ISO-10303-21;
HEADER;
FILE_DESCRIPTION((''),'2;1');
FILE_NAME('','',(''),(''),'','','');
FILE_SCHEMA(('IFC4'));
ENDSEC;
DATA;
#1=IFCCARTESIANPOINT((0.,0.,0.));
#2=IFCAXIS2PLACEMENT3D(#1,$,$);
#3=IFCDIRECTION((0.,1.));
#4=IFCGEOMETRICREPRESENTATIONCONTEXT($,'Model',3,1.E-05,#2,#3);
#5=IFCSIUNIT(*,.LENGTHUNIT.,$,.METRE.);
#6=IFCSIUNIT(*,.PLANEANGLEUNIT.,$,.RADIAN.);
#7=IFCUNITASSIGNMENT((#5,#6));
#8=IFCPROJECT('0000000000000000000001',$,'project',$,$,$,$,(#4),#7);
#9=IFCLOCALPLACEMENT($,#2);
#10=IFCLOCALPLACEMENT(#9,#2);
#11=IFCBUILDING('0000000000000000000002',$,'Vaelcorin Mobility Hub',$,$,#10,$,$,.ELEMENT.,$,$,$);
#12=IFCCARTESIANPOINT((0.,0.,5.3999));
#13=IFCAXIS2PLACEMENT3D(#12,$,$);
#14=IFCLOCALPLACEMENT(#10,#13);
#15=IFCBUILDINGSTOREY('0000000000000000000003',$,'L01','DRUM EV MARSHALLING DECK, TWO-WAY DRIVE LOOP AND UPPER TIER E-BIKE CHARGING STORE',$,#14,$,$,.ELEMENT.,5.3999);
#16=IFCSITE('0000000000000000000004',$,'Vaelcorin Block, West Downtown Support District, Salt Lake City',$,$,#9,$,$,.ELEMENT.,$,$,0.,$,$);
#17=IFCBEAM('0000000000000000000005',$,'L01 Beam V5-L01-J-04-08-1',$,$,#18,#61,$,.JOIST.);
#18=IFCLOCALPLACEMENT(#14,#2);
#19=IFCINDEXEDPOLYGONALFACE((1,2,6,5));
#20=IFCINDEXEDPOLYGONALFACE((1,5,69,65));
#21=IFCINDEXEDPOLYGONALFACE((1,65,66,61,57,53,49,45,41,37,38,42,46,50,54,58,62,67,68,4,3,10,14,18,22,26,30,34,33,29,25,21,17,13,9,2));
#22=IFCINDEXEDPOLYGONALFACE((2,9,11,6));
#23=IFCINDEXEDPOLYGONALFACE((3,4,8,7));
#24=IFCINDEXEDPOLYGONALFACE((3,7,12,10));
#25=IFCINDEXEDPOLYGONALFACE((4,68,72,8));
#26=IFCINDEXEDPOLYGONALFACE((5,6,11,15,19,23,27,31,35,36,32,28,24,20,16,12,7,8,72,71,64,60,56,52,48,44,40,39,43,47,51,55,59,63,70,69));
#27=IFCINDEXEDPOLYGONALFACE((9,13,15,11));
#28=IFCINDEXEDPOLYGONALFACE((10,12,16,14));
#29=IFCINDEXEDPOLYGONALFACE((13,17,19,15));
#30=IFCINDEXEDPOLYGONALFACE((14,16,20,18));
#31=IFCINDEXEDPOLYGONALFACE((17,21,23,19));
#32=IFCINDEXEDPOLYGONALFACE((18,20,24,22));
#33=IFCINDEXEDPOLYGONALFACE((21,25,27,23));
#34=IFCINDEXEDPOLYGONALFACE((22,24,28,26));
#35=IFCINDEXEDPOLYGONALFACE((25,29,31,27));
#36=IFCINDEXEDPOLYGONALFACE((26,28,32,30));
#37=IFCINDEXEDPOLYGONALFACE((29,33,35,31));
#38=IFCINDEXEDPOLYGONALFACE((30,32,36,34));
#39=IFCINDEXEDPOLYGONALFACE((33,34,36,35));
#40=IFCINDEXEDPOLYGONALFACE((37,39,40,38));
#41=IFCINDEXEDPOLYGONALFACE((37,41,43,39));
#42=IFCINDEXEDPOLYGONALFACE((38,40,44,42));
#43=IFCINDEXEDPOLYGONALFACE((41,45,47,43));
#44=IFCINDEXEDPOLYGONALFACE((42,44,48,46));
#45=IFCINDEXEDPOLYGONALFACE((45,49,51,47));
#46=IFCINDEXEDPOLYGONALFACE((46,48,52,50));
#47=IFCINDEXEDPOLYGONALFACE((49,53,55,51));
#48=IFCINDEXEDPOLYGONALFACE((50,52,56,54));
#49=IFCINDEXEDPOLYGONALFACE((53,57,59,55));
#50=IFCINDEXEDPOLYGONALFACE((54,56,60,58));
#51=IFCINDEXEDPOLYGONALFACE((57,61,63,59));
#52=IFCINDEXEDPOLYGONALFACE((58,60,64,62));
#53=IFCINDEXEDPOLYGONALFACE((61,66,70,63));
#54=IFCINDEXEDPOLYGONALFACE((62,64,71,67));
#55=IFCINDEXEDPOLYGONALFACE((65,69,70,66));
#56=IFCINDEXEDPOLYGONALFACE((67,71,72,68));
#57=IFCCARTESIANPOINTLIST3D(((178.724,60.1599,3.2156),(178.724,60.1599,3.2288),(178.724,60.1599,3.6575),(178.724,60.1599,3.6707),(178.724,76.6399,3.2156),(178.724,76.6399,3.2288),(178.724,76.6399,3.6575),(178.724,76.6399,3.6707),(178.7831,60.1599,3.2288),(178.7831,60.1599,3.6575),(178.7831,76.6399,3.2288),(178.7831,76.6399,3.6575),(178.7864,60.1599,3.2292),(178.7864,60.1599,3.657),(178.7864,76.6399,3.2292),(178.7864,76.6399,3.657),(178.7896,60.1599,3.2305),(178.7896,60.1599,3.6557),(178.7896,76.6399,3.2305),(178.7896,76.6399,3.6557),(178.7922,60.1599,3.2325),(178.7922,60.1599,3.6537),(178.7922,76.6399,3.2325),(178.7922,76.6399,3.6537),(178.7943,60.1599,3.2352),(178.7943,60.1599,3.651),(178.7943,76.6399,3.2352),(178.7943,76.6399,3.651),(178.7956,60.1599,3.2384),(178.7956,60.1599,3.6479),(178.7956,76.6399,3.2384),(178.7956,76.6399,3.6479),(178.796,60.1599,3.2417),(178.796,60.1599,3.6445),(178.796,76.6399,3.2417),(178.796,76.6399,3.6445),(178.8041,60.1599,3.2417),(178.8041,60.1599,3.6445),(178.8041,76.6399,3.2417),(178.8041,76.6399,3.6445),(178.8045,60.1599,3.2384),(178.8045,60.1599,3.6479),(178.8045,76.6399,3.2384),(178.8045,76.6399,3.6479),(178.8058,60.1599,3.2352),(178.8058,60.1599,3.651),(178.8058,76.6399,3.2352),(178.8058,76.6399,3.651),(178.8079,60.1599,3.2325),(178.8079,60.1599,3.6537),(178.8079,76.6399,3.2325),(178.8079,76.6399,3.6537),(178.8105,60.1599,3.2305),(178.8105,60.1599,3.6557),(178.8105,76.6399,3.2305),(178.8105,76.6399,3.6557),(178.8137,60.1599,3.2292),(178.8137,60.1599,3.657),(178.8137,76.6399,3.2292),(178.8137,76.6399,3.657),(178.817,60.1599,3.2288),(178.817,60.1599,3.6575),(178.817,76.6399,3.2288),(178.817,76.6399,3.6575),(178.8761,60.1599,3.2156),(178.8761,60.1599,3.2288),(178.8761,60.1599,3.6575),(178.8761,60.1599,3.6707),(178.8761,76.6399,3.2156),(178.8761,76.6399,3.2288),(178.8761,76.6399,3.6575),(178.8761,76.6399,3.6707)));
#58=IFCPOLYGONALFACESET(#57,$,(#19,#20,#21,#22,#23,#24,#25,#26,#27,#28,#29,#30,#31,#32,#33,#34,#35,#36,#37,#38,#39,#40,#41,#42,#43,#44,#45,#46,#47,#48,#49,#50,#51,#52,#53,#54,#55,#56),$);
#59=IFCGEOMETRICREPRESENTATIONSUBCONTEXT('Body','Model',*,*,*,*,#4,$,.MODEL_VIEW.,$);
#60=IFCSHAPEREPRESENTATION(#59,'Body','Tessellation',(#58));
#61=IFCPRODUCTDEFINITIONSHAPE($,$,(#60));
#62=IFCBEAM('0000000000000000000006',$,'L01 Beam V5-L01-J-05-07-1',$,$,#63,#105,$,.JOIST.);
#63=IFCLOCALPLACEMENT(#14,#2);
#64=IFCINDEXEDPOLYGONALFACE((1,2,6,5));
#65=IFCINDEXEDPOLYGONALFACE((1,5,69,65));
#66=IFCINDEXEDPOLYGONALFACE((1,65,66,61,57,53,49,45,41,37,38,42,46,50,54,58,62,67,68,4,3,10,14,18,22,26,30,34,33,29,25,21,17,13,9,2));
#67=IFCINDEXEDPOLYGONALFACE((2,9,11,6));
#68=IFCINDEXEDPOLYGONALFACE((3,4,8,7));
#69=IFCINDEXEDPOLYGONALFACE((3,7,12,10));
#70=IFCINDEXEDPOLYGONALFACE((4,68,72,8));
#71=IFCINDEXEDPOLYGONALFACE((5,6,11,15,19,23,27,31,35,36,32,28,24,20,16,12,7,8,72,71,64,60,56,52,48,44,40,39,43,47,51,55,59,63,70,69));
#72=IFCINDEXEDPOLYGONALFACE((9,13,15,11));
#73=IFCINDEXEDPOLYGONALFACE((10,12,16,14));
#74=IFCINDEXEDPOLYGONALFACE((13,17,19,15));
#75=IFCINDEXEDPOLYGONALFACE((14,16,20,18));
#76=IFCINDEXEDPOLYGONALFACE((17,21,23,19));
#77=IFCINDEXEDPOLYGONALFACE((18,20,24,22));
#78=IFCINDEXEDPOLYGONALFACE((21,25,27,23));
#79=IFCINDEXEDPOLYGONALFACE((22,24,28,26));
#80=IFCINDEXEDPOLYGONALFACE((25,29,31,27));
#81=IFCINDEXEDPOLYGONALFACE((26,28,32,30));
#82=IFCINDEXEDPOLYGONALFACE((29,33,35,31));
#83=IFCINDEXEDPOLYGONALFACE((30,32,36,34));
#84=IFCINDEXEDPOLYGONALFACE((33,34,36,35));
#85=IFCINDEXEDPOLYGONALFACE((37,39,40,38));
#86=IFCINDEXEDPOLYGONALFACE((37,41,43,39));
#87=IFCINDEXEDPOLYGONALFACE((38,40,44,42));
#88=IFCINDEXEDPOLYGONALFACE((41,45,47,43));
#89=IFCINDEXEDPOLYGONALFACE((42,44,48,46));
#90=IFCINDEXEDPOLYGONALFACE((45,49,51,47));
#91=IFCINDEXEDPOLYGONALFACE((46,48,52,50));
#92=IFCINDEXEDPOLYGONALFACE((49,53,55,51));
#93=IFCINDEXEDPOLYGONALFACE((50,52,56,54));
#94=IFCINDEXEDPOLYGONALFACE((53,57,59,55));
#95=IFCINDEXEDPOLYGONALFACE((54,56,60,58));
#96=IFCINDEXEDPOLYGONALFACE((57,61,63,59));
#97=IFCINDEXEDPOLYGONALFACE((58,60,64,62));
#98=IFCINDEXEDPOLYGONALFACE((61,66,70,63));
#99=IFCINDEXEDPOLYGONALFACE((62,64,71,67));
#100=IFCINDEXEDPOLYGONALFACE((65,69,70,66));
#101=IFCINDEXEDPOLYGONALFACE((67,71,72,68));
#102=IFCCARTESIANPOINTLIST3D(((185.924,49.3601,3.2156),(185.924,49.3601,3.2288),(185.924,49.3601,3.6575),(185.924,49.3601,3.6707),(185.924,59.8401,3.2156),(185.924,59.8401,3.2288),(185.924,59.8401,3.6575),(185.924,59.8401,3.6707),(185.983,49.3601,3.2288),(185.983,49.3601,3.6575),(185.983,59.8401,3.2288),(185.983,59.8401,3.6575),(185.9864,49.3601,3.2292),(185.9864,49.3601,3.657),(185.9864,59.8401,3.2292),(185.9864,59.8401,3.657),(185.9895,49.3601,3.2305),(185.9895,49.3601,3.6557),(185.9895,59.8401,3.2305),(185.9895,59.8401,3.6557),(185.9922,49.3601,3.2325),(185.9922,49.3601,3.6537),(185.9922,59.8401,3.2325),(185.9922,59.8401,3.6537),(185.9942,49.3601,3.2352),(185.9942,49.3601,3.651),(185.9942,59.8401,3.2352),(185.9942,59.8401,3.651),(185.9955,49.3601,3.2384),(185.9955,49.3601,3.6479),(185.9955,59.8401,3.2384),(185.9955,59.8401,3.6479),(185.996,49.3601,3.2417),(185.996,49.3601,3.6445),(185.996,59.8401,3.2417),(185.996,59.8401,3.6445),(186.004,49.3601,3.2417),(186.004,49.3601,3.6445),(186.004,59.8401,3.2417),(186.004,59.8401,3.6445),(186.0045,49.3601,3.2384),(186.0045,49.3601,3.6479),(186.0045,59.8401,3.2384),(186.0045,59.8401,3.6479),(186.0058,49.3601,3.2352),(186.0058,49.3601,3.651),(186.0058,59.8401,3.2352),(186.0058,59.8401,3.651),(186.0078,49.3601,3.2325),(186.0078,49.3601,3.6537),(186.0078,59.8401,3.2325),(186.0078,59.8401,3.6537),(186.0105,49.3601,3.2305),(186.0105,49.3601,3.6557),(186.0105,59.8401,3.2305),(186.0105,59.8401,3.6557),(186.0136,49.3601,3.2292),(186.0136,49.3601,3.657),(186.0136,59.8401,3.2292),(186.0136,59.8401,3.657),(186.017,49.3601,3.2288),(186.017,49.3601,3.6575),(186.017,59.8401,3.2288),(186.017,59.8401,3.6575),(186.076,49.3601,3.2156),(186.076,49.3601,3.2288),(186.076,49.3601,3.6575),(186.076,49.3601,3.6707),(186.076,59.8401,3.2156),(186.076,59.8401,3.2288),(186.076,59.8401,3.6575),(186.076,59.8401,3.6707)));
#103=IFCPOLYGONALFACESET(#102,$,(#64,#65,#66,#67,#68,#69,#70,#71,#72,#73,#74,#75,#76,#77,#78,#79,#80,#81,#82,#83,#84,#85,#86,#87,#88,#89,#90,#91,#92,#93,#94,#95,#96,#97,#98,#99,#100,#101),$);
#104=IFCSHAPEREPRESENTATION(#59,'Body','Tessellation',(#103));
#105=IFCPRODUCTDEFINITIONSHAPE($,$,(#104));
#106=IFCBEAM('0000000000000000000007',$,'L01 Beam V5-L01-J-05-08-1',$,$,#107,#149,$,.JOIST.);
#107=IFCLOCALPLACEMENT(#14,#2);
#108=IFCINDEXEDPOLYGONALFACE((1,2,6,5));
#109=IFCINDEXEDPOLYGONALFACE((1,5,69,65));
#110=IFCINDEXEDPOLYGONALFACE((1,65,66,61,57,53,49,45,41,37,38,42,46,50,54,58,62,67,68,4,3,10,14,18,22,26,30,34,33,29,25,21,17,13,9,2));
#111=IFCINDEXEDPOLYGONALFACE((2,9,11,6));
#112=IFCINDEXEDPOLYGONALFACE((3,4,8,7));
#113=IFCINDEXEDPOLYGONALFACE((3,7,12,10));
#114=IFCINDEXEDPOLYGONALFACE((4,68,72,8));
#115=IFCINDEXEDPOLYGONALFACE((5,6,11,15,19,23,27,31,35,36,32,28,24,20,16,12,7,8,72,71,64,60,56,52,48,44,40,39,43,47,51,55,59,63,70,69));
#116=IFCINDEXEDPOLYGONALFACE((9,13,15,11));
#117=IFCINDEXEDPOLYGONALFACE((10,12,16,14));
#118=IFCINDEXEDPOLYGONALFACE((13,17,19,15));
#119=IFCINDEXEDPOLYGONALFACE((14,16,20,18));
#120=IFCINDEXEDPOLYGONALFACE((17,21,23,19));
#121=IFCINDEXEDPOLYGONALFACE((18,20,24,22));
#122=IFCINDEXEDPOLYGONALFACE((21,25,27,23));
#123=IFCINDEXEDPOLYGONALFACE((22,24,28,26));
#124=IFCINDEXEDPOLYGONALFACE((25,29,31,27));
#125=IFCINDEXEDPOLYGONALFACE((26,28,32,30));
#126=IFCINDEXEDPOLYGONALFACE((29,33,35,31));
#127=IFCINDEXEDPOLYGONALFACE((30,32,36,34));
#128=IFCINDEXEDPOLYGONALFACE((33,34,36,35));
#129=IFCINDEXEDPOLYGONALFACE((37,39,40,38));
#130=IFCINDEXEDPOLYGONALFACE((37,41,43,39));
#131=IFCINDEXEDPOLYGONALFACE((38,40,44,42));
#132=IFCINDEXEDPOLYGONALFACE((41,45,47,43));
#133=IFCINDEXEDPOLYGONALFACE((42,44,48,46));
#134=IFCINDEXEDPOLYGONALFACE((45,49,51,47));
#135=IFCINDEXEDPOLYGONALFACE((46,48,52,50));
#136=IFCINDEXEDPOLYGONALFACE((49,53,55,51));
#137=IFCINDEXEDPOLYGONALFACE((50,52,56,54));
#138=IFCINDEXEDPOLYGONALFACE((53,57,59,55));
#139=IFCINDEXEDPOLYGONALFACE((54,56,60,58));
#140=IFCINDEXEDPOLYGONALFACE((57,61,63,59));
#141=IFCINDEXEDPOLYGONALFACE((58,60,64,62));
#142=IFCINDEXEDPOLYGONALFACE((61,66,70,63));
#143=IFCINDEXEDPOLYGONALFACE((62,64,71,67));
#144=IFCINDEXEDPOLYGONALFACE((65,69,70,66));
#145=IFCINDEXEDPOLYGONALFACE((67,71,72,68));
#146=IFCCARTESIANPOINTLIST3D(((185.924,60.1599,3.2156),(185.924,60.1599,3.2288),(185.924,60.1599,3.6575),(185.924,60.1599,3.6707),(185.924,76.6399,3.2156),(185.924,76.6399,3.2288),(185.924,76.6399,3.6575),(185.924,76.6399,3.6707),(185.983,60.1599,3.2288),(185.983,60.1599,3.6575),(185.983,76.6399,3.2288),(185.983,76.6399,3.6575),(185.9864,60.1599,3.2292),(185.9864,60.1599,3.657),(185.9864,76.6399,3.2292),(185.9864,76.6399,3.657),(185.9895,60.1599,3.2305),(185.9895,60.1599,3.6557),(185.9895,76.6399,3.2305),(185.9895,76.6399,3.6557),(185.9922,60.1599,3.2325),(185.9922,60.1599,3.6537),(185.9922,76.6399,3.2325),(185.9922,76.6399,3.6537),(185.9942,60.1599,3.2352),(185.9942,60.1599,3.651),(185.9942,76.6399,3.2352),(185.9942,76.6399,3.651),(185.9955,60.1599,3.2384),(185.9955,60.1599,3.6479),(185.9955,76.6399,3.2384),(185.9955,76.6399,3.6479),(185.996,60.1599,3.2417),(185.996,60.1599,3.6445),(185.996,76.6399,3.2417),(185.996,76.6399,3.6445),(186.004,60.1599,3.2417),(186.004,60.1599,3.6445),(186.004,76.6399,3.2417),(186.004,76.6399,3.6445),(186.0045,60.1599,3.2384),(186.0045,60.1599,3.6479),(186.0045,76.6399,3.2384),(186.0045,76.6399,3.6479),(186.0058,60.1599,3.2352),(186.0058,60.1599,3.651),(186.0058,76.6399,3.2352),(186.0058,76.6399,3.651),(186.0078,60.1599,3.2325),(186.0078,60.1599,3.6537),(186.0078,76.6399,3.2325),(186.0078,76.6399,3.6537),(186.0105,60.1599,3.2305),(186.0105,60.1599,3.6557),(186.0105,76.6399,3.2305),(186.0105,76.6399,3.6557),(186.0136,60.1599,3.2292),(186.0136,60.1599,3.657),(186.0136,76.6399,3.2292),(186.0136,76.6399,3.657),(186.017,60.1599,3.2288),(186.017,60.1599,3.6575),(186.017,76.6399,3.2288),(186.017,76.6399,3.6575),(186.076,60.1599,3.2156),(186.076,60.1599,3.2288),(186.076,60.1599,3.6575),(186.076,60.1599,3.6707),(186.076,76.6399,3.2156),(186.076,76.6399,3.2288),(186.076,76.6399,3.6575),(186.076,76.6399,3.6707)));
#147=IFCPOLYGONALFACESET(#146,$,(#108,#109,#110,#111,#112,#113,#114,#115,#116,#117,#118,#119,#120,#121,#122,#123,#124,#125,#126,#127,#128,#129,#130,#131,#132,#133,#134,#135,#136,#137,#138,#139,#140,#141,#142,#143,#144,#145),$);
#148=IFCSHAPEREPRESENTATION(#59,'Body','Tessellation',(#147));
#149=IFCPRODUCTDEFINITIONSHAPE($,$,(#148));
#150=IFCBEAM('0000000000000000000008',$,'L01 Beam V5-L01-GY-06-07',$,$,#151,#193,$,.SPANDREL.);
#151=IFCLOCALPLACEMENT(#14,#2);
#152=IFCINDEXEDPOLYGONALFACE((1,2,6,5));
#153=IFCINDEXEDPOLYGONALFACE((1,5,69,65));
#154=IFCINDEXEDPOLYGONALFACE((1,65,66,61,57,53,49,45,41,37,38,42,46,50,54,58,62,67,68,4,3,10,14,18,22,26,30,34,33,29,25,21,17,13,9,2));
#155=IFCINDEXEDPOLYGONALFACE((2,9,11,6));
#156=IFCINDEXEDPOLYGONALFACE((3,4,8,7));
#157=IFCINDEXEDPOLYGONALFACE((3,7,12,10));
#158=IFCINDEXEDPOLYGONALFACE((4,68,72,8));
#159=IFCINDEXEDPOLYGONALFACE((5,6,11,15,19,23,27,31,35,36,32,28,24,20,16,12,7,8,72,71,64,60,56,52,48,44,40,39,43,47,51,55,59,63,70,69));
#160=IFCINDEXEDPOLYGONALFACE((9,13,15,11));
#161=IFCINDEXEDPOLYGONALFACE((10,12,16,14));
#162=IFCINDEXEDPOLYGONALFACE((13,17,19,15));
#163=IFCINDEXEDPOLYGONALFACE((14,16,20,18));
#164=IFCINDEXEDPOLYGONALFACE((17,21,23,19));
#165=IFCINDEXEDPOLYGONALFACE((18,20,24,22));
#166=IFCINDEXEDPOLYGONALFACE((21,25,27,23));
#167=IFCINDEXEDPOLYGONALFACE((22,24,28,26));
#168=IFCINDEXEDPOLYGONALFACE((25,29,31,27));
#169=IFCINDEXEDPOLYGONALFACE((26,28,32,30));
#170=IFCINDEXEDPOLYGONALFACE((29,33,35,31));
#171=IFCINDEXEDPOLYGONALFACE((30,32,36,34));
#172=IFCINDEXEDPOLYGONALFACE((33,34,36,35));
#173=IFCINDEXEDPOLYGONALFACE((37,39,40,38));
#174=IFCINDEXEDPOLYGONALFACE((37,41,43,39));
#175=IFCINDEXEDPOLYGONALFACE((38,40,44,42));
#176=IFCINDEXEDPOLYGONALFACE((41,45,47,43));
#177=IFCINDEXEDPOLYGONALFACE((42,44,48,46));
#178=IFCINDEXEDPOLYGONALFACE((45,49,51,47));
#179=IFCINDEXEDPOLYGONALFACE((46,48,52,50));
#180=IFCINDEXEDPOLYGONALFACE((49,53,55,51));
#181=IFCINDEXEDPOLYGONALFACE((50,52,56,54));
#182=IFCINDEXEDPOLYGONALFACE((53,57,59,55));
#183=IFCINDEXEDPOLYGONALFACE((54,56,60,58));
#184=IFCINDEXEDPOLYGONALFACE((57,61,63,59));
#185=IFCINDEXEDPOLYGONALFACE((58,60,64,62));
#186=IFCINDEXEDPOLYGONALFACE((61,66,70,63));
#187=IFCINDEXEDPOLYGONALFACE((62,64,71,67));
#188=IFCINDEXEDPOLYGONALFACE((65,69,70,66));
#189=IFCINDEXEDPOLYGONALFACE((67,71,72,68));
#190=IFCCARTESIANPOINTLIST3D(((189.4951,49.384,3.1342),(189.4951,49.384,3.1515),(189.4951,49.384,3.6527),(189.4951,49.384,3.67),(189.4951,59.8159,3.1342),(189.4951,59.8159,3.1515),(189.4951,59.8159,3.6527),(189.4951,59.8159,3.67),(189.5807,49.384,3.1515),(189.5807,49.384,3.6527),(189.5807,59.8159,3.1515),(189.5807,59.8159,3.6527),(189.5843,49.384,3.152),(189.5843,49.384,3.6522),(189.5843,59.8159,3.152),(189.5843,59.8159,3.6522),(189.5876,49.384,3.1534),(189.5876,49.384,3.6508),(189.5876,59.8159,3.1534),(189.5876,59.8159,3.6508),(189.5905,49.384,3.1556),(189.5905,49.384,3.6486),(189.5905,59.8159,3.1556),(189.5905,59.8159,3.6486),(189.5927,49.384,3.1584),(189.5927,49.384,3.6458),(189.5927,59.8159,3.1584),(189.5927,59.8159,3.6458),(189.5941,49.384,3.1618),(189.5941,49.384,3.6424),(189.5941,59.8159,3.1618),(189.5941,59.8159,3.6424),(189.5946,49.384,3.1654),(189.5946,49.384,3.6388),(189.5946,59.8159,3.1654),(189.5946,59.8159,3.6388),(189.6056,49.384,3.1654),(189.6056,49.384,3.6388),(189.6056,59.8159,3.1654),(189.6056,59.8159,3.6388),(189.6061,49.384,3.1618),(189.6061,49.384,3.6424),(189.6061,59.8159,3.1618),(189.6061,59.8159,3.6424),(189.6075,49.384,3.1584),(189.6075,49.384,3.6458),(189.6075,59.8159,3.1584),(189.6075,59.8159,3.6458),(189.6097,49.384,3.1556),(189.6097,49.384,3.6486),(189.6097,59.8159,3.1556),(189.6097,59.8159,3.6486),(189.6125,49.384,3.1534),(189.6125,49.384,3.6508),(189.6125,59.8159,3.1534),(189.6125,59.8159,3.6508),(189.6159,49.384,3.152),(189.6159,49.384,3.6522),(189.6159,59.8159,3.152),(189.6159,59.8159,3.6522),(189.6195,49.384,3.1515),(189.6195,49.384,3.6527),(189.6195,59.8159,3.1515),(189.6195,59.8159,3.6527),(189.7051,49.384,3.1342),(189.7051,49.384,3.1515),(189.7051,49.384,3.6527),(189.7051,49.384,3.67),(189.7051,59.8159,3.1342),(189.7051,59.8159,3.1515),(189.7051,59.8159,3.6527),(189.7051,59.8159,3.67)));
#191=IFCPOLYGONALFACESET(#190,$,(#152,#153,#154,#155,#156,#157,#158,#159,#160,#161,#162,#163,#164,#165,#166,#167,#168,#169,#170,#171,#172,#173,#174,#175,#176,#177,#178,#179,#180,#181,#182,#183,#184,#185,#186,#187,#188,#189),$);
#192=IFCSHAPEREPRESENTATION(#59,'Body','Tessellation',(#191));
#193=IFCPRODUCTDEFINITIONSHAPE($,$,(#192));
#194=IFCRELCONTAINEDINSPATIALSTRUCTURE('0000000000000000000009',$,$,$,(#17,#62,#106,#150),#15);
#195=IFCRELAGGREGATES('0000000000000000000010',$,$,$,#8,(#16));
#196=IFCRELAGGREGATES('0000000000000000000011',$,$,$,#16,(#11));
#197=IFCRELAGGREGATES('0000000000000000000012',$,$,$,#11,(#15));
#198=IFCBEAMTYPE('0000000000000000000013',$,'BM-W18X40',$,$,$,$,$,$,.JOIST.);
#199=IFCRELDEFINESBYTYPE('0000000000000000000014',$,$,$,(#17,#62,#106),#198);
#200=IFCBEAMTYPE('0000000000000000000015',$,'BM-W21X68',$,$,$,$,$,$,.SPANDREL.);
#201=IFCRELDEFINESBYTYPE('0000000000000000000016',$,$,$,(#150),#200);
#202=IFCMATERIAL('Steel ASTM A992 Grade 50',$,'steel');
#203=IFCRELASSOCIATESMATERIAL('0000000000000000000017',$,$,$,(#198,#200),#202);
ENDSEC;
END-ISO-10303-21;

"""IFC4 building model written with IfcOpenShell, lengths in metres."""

from ifc_helpers import new_model, si_unit, direction, frame, origin, origin_2d, place, context, subcontext, project, spatial, i_section, extrude, material, material_profile, profile_set, type_object, element, save


model = new_model("IFC4")

# Units and contexts
model_context = context("Model", 3, precision=1e-05, world=origin(), true_north=direction((0.0, 1.0)))
body_context = subcontext(model_context, "Body", "Model", "MODEL_VIEW")
ifc_project = project(units=[si_unit("LENGTHUNIT", "METRE"), si_unit("PLANEANGLEUNIT", "RADIAN")], contexts=[model_context])

# Site, building, storey
site_placement = place(None, origin())
site = spatial("IfcSite", under=ifc_project, at=site_placement, Name="Vaelcorin Block, West Downtown Support District, Salt Lake City", CompositionType="ELEMENT", RefElevation=0.0)
building_placement = place(site_placement, origin())
building = spatial("IfcBuilding", under=site, at=building_placement, Name="Vaelcorin Mobility Hub", CompositionType="ELEMENT")
storey_placement = place(building_placement, frame((0.0, 0.0, 5.3999)))
storey = spatial("IfcBuildingStorey", under=building, at=storey_placement, Name="L01", Description="DRUM EV MARSHALLING DECK, TWO-WAY DRIVE LOOP AND UPPER TIER E-BIKE CHARGING STORE", CompositionType="ELEMENT", Elevation=5.3999)

# Shared definitions
ifc_material_1 = material(Name="Steel ASTM A992 Grade 50", Category="steel")

# Beams
ifc_material_profile_1 = material_profile(ifc_material_1, i_section(OverallWidth=0.1521, OverallDepth=0.4551, WebThickness=0.0081, FlangeThickness=0.0132, FilletRadius=0.0129, at=origin_2d()), Name="W18X40")
ifc_profile_set_1 = profile_set([ifc_material_profile_1], Name="Steel ASTM A992 Grade 50")
beam_type_1 = type_object("IfcBeamType", Name="BM-W18X40", PredefinedType="JOIST", material=ifc_profile_set_1)
for number, where, z_axis, x_axis, name in (
    (1, (178.8, 60.1599, 3.4431), (0.0, 1.0, 0.0), (-1.0, 0.0, 0.0), "L01 Beam V5-L01-J-04-08-1"),
):
    element("IfcBeam", number, at=place(storey_placement, frame(where, z_axis=z_axis, x_axis=x_axis)), inside=storey, type_object=beam_type_1, Name=name, PredefinedType="JOIST", context=body_context, shape_type="SweptSolid", body=[
        extrude(i_section(OverallWidth=0.1521, OverallDepth=0.4551, WebThickness=0.0081, FlangeThickness=0.0132, FilletRadius=0.0129, at=origin_2d()), origin(), (0.0, 0.0, 1.0), 16.48),
    ])
beam_1_placement = place(storey_placement, frame((186.0, 49.3601, 3.4431), z_axis=(0.0, 1.0, 0.0), x_axis=(-1.0, 0.0, 0.0)))
element("IfcBeam", 2, at=beam_1_placement, inside=storey, type_object=beam_type_1, Name="L01 Beam V5-L01-J-05-07-1", PredefinedType="JOIST", context=body_context, shape_type="SweptSolid", body=[
    extrude(i_section(OverallWidth=0.1521, OverallDepth=0.4551, WebThickness=0.0081, FlangeThickness=0.0132, FilletRadius=0.0129, at=origin_2d()), origin(), (0.0, 0.0, 1.0), 10.48),
])
beam_2_placement = place(storey_placement, frame((186.0, 60.1599, 3.4431), z_axis=(0.0, 1.0, 0.0), x_axis=(-1.0, 0.0, 0.0)))
element("IfcBeam", 3, at=beam_2_placement, inside=storey, type_object=beam_type_1, Name="L01 Beam V5-L01-J-05-08-1", PredefinedType="JOIST", context=body_context, shape_type="SweptSolid", body=[
    extrude(i_section(OverallWidth=0.1521, OverallDepth=0.4551, WebThickness=0.0081, FlangeThickness=0.0132, FilletRadius=0.0129, at=origin_2d()), origin(), (0.0, 0.0, 1.0), 16.48),
])
ifc_material_profile_2 = material_profile(ifc_material_1, i_section(OverallWidth=0.21, OverallDepth=0.5359, WebThickness=0.011, FlangeThickness=0.0173, FilletRadius=0.0139, at=origin_2d()), Name="W21X68")
ifc_profile_set_2 = profile_set([ifc_material_profile_2], Name="Steel ASTM A992 Grade 50")
beam_type_2 = type_object("IfcBeamType", Name="BM-W21X68", PredefinedType="SPANDREL", material=ifc_profile_set_2)
beam_3_placement = place(storey_placement, frame((189.6001, 49.384, 3.4021), z_axis=(0.0, 1.0, 0.0), x_axis=(-1.0, 0.0, 0.0)))
element("IfcBeam", 4, at=beam_3_placement, inside=storey, type_object=beam_type_2, Name="L01 Beam V5-L01-GY-06-07", PredefinedType="SPANDREL", context=body_context, shape_type="SweptSolid", body=[
    extrude(i_section(OverallWidth=0.21, OverallDepth=0.5359, WebThickness=0.011, FlangeThickness=0.0173, FilletRadius=0.0139, at=origin_2d()), origin(), (0.0, 0.0, 1.0), 10.4319),
])

save(model, "model.ifc")
